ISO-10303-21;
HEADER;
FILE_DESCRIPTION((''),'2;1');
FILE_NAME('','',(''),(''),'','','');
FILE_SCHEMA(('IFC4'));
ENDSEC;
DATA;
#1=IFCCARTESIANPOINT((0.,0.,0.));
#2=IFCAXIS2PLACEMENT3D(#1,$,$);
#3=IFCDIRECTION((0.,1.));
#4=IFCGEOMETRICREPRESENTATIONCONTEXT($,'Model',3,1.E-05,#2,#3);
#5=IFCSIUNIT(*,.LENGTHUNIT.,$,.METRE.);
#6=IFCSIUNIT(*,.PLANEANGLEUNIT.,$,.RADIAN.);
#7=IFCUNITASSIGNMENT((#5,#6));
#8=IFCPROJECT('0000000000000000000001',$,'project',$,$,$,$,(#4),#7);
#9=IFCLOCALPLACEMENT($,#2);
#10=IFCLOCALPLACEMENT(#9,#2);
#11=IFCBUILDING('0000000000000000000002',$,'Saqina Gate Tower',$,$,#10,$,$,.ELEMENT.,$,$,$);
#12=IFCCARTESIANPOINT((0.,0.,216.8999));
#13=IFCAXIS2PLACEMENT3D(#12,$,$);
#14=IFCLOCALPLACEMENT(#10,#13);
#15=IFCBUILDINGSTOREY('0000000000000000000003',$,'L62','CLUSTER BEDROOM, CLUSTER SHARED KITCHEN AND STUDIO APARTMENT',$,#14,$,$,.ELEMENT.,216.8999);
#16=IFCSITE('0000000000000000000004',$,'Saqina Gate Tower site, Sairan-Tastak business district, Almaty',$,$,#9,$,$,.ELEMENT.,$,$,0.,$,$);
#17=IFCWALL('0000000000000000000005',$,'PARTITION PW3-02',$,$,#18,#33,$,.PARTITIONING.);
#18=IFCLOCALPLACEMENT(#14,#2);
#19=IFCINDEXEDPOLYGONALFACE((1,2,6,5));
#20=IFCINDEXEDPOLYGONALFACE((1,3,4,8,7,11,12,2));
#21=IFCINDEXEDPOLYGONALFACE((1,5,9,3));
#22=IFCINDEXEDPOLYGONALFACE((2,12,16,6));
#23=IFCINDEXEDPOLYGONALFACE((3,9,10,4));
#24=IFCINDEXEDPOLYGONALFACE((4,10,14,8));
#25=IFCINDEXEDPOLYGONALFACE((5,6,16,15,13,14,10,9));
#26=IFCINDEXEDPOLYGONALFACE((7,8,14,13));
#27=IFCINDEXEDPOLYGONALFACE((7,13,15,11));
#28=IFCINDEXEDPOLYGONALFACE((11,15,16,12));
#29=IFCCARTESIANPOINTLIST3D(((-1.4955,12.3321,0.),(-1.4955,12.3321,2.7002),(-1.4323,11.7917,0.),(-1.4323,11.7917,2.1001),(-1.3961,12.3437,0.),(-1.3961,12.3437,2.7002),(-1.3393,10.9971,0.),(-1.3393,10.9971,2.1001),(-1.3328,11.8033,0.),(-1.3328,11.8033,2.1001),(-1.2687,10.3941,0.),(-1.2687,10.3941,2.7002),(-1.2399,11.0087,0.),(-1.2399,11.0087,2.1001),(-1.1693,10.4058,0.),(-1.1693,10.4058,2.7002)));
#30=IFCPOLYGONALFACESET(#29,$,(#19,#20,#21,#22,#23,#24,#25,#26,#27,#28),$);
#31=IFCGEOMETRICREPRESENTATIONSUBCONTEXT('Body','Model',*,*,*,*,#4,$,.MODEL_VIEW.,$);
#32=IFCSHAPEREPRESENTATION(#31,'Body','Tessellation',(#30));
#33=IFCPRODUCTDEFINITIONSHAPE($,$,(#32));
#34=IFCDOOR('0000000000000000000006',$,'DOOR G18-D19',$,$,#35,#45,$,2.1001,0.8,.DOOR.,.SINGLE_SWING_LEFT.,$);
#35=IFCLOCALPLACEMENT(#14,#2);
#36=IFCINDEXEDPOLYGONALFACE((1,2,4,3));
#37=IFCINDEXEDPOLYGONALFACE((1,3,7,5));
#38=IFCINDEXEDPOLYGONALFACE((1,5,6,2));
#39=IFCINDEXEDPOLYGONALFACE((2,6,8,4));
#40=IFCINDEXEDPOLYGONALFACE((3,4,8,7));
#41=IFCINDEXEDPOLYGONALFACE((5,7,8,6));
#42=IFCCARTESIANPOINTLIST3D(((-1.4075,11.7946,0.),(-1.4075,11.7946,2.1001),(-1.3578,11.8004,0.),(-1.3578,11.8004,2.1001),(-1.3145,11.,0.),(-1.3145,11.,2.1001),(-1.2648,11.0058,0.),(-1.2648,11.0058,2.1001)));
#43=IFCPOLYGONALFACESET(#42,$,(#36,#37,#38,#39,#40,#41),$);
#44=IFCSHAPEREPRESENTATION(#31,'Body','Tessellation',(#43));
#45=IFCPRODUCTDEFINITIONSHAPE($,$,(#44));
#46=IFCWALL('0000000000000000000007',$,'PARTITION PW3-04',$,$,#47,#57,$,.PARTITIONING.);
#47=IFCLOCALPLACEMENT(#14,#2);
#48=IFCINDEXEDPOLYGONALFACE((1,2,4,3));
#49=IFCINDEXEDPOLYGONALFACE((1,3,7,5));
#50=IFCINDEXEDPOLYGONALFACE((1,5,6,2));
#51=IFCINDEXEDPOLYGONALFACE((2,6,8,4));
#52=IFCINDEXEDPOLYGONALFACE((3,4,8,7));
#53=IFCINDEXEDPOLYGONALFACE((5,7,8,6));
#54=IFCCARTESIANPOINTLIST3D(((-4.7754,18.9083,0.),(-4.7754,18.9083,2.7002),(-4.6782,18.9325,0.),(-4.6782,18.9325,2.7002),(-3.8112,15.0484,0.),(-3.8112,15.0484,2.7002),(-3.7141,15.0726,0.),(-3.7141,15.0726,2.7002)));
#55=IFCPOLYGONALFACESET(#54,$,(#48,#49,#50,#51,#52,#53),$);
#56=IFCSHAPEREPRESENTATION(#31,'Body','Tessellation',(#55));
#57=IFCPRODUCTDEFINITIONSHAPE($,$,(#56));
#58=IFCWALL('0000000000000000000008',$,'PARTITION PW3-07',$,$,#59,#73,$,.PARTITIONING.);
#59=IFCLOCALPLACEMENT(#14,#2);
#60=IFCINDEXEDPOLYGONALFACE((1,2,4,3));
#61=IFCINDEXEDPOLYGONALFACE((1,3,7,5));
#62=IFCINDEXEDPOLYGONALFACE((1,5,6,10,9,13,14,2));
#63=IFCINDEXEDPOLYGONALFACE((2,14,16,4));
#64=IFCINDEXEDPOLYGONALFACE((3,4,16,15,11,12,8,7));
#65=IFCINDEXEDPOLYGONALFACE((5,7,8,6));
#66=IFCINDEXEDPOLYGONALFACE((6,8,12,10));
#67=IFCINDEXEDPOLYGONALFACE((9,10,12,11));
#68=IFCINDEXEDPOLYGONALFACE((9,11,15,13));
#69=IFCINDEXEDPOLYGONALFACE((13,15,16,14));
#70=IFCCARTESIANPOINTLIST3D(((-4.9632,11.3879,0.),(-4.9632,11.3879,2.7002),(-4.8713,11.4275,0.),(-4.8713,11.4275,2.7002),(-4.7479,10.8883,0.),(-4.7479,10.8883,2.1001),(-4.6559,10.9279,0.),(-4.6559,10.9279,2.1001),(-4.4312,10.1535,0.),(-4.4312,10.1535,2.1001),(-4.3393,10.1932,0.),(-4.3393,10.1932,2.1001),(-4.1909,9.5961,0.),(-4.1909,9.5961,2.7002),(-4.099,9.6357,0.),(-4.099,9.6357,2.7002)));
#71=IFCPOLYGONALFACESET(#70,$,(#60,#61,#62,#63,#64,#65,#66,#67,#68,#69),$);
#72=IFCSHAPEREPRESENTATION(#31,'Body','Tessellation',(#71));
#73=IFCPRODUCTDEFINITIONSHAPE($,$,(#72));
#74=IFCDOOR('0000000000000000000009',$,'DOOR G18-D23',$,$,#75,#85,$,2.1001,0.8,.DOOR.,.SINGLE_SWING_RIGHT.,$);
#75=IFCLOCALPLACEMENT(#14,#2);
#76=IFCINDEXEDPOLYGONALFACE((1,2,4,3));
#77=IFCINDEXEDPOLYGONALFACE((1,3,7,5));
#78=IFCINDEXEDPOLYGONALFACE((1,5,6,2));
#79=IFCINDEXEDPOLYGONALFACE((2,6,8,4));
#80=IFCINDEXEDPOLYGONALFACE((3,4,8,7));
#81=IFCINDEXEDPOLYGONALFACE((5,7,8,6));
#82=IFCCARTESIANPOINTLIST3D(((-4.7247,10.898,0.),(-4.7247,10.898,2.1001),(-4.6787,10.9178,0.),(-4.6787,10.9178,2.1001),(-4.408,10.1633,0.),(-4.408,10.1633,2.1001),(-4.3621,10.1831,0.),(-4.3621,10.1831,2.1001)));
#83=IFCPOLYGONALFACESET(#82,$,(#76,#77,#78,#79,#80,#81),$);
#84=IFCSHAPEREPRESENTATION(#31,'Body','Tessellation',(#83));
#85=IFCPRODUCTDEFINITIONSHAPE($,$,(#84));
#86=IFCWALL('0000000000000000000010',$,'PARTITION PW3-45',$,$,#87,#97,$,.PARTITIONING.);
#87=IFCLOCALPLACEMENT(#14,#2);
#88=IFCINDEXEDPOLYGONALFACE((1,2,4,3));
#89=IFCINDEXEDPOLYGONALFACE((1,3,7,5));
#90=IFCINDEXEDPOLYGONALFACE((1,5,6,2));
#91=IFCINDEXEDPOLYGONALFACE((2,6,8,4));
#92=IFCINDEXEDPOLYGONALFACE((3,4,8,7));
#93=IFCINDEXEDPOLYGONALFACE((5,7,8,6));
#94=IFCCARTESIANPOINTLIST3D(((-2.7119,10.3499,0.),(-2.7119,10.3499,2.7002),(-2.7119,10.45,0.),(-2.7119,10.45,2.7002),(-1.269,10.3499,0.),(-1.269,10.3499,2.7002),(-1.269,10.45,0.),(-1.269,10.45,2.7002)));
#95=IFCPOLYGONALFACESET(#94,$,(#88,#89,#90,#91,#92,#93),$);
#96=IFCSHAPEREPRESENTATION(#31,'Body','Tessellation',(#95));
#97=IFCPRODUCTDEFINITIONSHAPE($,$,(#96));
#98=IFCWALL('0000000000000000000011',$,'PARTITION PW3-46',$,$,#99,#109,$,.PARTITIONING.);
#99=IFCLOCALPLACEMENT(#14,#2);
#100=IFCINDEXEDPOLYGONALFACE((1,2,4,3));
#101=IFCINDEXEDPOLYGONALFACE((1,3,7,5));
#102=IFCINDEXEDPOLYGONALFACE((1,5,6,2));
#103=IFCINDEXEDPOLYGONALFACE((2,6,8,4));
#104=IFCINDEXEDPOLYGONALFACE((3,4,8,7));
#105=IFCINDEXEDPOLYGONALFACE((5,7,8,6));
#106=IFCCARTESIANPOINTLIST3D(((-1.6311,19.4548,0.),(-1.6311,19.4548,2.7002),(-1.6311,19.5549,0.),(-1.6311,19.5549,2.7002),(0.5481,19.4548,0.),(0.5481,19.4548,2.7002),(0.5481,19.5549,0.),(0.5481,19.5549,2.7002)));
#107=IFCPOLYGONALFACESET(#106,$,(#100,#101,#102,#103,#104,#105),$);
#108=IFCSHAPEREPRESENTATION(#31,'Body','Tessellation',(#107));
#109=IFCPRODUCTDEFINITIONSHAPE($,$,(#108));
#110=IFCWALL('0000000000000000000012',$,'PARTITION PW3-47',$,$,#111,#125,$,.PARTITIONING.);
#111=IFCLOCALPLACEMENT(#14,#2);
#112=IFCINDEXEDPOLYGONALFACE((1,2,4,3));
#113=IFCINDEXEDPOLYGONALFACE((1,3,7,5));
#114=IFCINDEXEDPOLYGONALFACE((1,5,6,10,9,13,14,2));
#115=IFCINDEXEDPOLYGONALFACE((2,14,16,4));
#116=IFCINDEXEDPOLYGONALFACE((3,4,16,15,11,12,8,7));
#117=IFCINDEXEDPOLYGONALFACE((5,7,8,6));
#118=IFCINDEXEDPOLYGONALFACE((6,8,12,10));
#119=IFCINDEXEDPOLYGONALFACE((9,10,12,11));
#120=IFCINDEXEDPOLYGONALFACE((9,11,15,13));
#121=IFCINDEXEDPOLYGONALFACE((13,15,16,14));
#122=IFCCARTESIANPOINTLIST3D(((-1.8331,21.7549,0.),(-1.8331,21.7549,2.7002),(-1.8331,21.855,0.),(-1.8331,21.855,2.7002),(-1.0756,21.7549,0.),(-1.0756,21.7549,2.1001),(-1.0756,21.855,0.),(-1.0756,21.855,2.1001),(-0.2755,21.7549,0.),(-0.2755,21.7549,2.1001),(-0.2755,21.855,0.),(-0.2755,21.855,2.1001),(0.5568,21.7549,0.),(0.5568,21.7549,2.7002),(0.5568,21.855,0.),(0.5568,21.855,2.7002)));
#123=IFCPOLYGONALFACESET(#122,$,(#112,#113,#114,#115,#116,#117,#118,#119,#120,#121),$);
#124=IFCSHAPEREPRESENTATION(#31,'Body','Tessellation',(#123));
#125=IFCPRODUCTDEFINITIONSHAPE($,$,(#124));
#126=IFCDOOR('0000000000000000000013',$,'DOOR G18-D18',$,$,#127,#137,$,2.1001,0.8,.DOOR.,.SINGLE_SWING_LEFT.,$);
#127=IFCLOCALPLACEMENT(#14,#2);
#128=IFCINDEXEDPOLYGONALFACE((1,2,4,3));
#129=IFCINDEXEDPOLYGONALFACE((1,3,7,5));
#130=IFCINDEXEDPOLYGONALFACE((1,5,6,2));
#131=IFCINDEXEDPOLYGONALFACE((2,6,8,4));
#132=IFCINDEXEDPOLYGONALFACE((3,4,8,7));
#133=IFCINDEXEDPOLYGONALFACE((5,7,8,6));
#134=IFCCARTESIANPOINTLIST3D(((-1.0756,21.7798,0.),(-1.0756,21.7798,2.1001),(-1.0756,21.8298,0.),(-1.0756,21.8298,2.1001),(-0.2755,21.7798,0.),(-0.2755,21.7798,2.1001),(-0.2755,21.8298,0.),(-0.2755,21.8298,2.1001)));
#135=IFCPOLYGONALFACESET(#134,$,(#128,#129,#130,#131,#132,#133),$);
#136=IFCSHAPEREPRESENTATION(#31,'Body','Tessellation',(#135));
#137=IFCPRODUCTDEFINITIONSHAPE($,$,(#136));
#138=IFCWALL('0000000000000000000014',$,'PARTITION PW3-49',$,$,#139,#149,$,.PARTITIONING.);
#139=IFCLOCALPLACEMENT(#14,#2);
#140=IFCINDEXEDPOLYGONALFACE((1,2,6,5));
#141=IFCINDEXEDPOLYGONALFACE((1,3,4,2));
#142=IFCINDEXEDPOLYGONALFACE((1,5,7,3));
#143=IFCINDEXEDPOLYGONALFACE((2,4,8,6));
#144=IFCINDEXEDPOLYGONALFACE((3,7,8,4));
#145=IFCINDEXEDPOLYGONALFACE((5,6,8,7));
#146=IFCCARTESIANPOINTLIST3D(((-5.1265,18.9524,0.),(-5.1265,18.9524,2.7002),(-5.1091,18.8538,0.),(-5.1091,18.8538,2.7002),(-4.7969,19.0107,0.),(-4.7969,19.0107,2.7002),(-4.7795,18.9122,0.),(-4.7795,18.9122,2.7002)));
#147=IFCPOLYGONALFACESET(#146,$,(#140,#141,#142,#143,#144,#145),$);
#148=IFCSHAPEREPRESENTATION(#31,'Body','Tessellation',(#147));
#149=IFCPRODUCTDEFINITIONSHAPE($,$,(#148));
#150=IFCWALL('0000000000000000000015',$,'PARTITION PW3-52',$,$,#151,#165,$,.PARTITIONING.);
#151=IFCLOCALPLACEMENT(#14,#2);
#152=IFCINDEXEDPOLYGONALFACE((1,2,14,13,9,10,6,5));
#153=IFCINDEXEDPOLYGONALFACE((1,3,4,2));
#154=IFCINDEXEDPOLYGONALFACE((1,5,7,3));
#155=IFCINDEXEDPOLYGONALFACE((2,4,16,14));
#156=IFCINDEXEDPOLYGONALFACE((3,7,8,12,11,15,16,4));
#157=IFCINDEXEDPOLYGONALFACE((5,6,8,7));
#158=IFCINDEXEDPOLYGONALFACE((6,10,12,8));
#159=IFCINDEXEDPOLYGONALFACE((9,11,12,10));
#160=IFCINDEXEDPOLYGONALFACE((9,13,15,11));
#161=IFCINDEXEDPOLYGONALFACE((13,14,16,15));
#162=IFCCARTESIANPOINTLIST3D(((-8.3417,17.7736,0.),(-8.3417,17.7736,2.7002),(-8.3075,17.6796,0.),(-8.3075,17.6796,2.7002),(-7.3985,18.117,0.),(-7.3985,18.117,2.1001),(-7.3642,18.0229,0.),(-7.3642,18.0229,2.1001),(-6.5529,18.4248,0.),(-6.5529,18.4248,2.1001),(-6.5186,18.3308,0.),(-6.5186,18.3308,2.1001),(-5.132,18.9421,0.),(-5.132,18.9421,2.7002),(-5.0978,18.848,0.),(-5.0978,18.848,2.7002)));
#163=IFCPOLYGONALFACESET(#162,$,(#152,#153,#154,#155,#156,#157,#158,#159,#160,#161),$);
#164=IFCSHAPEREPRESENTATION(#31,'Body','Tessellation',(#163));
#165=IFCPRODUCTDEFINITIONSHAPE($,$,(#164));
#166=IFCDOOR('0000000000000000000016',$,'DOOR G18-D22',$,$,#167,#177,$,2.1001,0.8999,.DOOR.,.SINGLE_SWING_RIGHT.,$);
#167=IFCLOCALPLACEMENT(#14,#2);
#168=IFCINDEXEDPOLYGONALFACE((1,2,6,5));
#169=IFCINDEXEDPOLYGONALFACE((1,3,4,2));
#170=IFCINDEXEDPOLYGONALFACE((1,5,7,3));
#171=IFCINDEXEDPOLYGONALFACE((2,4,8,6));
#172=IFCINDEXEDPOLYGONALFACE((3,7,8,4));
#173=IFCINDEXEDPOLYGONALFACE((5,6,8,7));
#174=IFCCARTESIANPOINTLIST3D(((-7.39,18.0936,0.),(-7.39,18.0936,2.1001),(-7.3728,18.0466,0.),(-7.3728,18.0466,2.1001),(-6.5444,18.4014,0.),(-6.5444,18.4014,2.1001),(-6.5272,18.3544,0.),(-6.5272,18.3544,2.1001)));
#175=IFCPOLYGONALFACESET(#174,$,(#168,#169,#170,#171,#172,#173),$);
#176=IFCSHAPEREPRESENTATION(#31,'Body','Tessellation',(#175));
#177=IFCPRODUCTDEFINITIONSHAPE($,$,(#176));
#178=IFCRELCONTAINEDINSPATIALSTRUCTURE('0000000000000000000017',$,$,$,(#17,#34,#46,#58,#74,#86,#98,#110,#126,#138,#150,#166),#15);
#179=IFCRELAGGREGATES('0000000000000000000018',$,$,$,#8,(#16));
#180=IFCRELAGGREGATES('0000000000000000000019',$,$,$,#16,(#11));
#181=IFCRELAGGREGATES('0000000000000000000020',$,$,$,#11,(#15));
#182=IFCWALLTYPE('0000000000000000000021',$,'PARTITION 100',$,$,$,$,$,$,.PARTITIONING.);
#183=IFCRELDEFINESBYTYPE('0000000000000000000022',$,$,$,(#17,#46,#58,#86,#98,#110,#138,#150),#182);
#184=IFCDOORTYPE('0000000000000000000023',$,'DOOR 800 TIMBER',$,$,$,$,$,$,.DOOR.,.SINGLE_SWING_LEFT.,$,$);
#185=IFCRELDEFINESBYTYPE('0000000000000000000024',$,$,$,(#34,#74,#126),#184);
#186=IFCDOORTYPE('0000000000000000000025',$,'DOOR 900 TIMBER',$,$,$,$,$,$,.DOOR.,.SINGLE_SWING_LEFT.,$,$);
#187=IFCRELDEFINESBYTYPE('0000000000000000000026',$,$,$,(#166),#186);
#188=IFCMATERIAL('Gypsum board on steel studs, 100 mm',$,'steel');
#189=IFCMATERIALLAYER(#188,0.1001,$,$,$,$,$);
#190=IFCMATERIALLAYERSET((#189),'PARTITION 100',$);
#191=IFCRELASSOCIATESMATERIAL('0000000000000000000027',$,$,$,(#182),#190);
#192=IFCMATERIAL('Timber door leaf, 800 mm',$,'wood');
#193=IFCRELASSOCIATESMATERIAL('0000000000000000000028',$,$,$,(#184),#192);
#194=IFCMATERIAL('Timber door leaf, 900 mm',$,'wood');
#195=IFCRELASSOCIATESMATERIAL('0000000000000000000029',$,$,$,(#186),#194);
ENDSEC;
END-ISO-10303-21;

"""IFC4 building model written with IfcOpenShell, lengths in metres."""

from ifc_helpers import new_model, si_unit, direction, frame, frame_2d, origin, place, context, subcontext, project, spatial, rectangle, extrude, material, layer, layer_set, type_object, element, fill, save


model = new_model("IFC4")

# Units and contexts
model_context = context("Model", 3, precision=1e-05, world=origin(), true_north=direction((0.0, 1.0)))
body_context = subcontext(model_context, "Body", "Model", "MODEL_VIEW")
ifc_project = project(units=[si_unit("LENGTHUNIT", "METRE"), si_unit("PLANEANGLEUNIT", "RADIAN")], contexts=[model_context])

# Site, building, storey
site_placement = place(None, origin())
site = spatial("IfcSite", under=ifc_project, at=site_placement, Name="Saqina Gate Tower site, Sairan-Tastak business district, Almaty", CompositionType="ELEMENT", RefElevation=0.0)
building_placement = place(site_placement, origin())
building = spatial("IfcBuilding", under=site, at=building_placement, Name="Saqina Gate Tower", CompositionType="ELEMENT")
storey_placement = place(building_placement, frame((0.0, 0.0, 216.8999)))
storey = spatial("IfcBuildingStorey", under=building, at=storey_placement, Name="L62", Description="CLUSTER BEDROOM, CLUSTER SHARED KITCHEN AND STUDIO APARTMENT", CompositionType="ELEMENT", Elevation=216.8999)

# Wall, opening, door
ifc_material_1 = material(Name="Gypsum board on steel studs, 100 mm", Category="steel")
ifc_layer_1 = layer(ifc_material_1, 0.1001)
ifc_layer_set_1 = layer_set([ifc_layer_1], Name="PARTITION 100")
wall_type_1 = type_object("IfcWallType", Name="PARTITION 100", PredefinedType="PARTITIONING", material=ifc_layer_set_1)
wall_1_placement = place(storey_placement, frame((-1.4458, 12.3379, 0.0), z_axis=(0.0, 0.0, 1.0), x_axis=(0.116239, -0.993221, 0.0)))
wall_1 = element("IfcWall", 1, at=wall_1_placement, inside=storey, type_object=wall_type_1, Name="PARTITION PW3-02", PredefinedType="PARTITIONING", context=body_context, shape_type="SweptSolid", body=[
    extrude(rectangle(XDim=1.9512, YDim=0.1001, at=frame_2d((0.9756, 0.0))), origin(), (0.0, 0.0, 1.0), 2.7002),
])
opening_1_placement = place(wall_1_placement, frame((0.5442, 0.0, 0.0)))
opening_1 = element("IfcOpeningElement", 2, at=opening_1_placement, cuts=wall_1, PredefinedType="OPENING", context=body_context, shape_type="SweptSolid", body=[
    extrude(rectangle(XDim=0.8, YDim=2.1001, at=frame_2d((0.3999, 1.05))), frame((0.0, 0.062, 0.0), z_axis=(0.0, -1.0, 0.0), x_axis=(1.0, 0.0, 0.0)), (0.0, 0.0, 1.0), 0.124),
])
ifc_material_2 = material(Name="Timber door leaf, 800 mm", Category="wood")
door_type_1 = type_object("IfcDoorType", Name="DOOR 800 TIMBER", OperationType="SINGLE_SWING_LEFT", PredefinedType="DOOR", material=ifc_material_2)
door_1_placement = place(opening_1_placement, origin())
door_1 = element("IfcDoor", 3, at=door_1_placement, inside=storey, type_object=door_type_1, Name="DOOR G18-D19", OperationType="SINGLE_SWING_LEFT", OverallHeight=2.1001, OverallWidth=0.8, PredefinedType="DOOR", context=body_context, shape_type="SweptSolid", body=[
    extrude(rectangle(XDim=0.8, YDim=2.1001, at=frame_2d((0.3999, 1.05))), frame((0.0, 0.0249, 0.0), z_axis=(0.0, -1.0, 0.0), x_axis=(1.0, 0.0, 0.0)), (0.0, 0.0, 1.0), 0.05),
])
fill(opening_1, door_1)

# Wall
wall_2_placement = place(storey_placement, frame((-4.7268, 18.9204, 0.0), z_axis=(0.0, 0.0, 1.0), x_axis=(0.242333, -0.970193, 0.0)))
element("IfcWall", 4, at=wall_2_placement, inside=storey, type_object=wall_type_1, Name="PARTITION PW3-04", PredefinedType="PARTITIONING", context=body_context, shape_type="SweptSolid", body=[
    extrude(rectangle(XDim=3.9785, YDim=0.1001, at=frame_2d((1.9893, 0.0))), origin(), (0.0, 0.0, 1.0), 2.7002),
])

# Wall, opening, door
wall_3_placement = place(storey_placement, frame((-4.9172, 11.4077, 0.0), z_axis=(0.0, 0.0, 1.0), x_axis=(0.395791, -0.918341, 0.0)))
wall_3 = element("IfcWall", 5, at=wall_3_placement, inside=storey, type_object=wall_type_1, Name="PARTITION PW3-07", PredefinedType="PARTITIONING", context=body_context, shape_type="SweptSolid", body=[
    extrude(rectangle(XDim=1.9512, YDim=0.1001, at=frame_2d((0.9756, 0.0))), origin(), (0.0, 0.0, 1.0), 2.7002),
])
opening_2_placement = place(wall_3_placement, frame((0.5442, 0.0, 0.0)))
opening_2 = element("IfcOpeningElement", 6, at=opening_2_placement, cuts=wall_3, PredefinedType="OPENING", context=body_context, shape_type="SweptSolid", body=[
    extrude(rectangle(XDim=0.8, YDim=2.1001, at=frame_2d((0.3999, 1.05))), frame((0.0, 0.062, 0.0), z_axis=(0.0, -1.0, 0.0), x_axis=(1.0, 0.0, 0.0)), (0.0, 0.0, 1.0), 0.124),
])
door_2_placement = place(opening_2_placement, frame((0.8, 0.0, 0.0), z_axis=(0.0, 0.0, 1.0), x_axis=(-1.0, 0.0, 0.0)))
door_2 = element("IfcDoor", 7, at=door_2_placement, inside=storey, type_object=door_type_1, Name="DOOR G18-D23", OperationType="SINGLE_SWING_RIGHT", OverallHeight=2.1001, OverallWidth=0.8, PredefinedType="DOOR", context=body_context, shape_type="SweptSolid", body=[
    extrude(rectangle(XDim=0.8, YDim=2.1001, at=frame_2d((0.3999, 1.05))), frame((0.0, 0.0249, 0.0), z_axis=(0.0, -1.0, 0.0), x_axis=(1.0, 0.0, 0.0)), (0.0, 0.0, 1.0), 0.05),
])
fill(opening_2, door_2)

# Walls
wall_4_placement = place(storey_placement, frame((-2.7119, 10.3999, 0.0), z_axis=(0.0, 0.0, 1.0), x_axis=(1.0, 0.0, 0.0)))
element("IfcWall", 8, at=wall_4_placement, inside=storey, type_object=wall_type_1, Name="PARTITION PW3-45", PredefinedType="PARTITIONING", context=body_context, shape_type="SweptSolid", body=[
    extrude(rectangle(XDim=1.4429, YDim=0.1001, at=frame_2d((0.7214, 0.0))), origin(), (0.0, 0.0, 1.0), 2.7002),
])
wall_5_placement = place(storey_placement, frame((-1.6311, 19.5049, 0.0), z_axis=(0.0, 0.0, 1.0), x_axis=(1.0, 0.0, 0.0)))
element("IfcWall", 9, at=wall_5_placement, inside=storey, type_object=wall_type_1, Name="PARTITION PW3-46", PredefinedType="PARTITIONING", context=body_context, shape_type="SweptSolid", body=[
    extrude(rectangle(XDim=2.1792, YDim=0.1001, at=frame_2d((1.0896, 0.0))), origin(), (0.0, 0.0, 1.0), 2.7002),
])

# Wall, opening, door
wall_6_placement = place(storey_placement, frame((-1.833, 21.8049, 0.0), z_axis=(0.0, 0.0, 1.0), x_axis=(1.0, 0.0, 0.0)))
wall_6 = element("IfcWall", 10, at=wall_6_placement, inside=storey, type_object=wall_type_1, Name="PARTITION PW3-47", PredefinedType="PARTITIONING", context=body_context, shape_type="SweptSolid", body=[
    extrude(rectangle(XDim=2.3899, YDim=0.1001, at=frame_2d((1.1948, 0.0))), origin(), (0.0, 0.0, 1.0), 2.7002),
])
opening_3_placement = place(wall_6_placement, frame((0.7576, 0.0, 0.0)))
opening_3 = element("IfcOpeningElement", 11, at=opening_3_placement, cuts=wall_6, PredefinedType="OPENING", context=body_context, shape_type="SweptSolid", body=[
    extrude(rectangle(XDim=0.8, YDim=2.1001, at=frame_2d((0.3999, 1.05))), frame((0.0, 0.062, 0.0), z_axis=(0.0, -1.0, 0.0), x_axis=(1.0, 0.0, 0.0)), (0.0, 0.0, 1.0), 0.124),
])
door_3_placement = place(opening_3_placement, origin())
door_3 = element("IfcDoor", 12, at=door_3_placement, inside=storey, type_object=door_type_1, Name="DOOR G18-D18", OperationType="SINGLE_SWING_LEFT", OverallHeight=2.1001, OverallWidth=0.8, PredefinedType="DOOR", context=body_context, shape_type="SweptSolid", body=[
    extrude(rectangle(XDim=0.8, YDim=2.1001, at=frame_2d((0.3999, 1.05))), frame((0.0, 0.0249, 0.0), z_axis=(0.0, -1.0, 0.0), x_axis=(1.0, 0.0, 0.0)), (0.0, 0.0, 1.0), 0.05),
])
fill(opening_3, door_3)

# Wall
wall_7_placement = place(storey_placement, frame((-5.1179, 18.9031, 0.0), z_axis=(0.0, 0.0, 1.0), x_axis=(0.984688, 0.174326, 0.0)))
element("IfcWall", 13, at=wall_7_placement, inside=storey, type_object=wall_type_1, Name="PARTITION PW3-49", PredefinedType="PARTITIONING", context=body_context, shape_type="SweptSolid", body=[
    extrude(rectangle(XDim=0.3347, YDim=0.1001, at=frame_2d((0.1675, 0.0))), origin(), (0.0, 0.0, 1.0), 2.7002),
])

# Wall, opening, door
wall_8_placement = place(storey_placement, frame((-8.3247, 17.7266, 0.0), z_axis=(0.0, 0.0, 1.0), x_axis=(0.939672, 0.342076, 0.0)))
wall_8 = element("IfcWall", 14, at=wall_8_placement, inside=storey, type_object=wall_type_1, Name="PARTITION PW3-52", PredefinedType="PARTITIONING", context=body_context, shape_type="SweptSolid", body=[
    extrude(rectangle(XDim=3.4158, YDim=0.1001, at=frame_2d((1.708, 0.0))), origin(), (0.0, 0.0, 1.0), 2.7002),
])
opening_4_placement = place(wall_8_placement, frame((1.0039, 0.0, 0.0)))
opening_4 = element("IfcOpeningElement", 15, at=opening_4_placement, cuts=wall_8, PredefinedType="OPENING", context=body_context, shape_type="SweptSolid", body=[
    extrude(rectangle(XDim=0.8999, YDim=2.1001, at=frame_2d((0.45, 1.05))), frame((0.0, 0.062, 0.0), z_axis=(0.0, -1.0, 0.0), x_axis=(1.0, 0.0, 0.0)), (0.0, 0.0, 1.0), 0.124),
])
ifc_material_3 = material(Name="Timber door leaf, 900 mm", Category="wood")
door_type_2 = type_object("IfcDoorType", Name="DOOR 900 TIMBER", OperationType="SINGLE_SWING_LEFT", PredefinedType="DOOR", material=ifc_material_3)
door_4_placement = place(opening_4_placement, frame((0.8999, 0.0, 0.0), z_axis=(0.0, 0.0, 1.0), x_axis=(-1.0, 0.0, 0.0)))
door_4 = element("IfcDoor", 16, at=door_4_placement, inside=storey, type_object=door_type_2, Name="DOOR G18-D22", OperationType="SINGLE_SWING_RIGHT", OverallHeight=2.1001, OverallWidth=0.8999, PredefinedType="DOOR", context=body_context, shape_type="SweptSolid", body=[
    extrude(rectangle(XDim=0.8999, YDim=2.1001, at=frame_2d((0.45, 1.05))), frame((0.0, 0.0249, 0.0), z_axis=(0.0, -1.0, 0.0), x_axis=(1.0, 0.0, 0.0)), (0.0, 0.0, 1.0), 0.05),
])
fill(opening_4, door_4)

save(model, "model.ifc")
